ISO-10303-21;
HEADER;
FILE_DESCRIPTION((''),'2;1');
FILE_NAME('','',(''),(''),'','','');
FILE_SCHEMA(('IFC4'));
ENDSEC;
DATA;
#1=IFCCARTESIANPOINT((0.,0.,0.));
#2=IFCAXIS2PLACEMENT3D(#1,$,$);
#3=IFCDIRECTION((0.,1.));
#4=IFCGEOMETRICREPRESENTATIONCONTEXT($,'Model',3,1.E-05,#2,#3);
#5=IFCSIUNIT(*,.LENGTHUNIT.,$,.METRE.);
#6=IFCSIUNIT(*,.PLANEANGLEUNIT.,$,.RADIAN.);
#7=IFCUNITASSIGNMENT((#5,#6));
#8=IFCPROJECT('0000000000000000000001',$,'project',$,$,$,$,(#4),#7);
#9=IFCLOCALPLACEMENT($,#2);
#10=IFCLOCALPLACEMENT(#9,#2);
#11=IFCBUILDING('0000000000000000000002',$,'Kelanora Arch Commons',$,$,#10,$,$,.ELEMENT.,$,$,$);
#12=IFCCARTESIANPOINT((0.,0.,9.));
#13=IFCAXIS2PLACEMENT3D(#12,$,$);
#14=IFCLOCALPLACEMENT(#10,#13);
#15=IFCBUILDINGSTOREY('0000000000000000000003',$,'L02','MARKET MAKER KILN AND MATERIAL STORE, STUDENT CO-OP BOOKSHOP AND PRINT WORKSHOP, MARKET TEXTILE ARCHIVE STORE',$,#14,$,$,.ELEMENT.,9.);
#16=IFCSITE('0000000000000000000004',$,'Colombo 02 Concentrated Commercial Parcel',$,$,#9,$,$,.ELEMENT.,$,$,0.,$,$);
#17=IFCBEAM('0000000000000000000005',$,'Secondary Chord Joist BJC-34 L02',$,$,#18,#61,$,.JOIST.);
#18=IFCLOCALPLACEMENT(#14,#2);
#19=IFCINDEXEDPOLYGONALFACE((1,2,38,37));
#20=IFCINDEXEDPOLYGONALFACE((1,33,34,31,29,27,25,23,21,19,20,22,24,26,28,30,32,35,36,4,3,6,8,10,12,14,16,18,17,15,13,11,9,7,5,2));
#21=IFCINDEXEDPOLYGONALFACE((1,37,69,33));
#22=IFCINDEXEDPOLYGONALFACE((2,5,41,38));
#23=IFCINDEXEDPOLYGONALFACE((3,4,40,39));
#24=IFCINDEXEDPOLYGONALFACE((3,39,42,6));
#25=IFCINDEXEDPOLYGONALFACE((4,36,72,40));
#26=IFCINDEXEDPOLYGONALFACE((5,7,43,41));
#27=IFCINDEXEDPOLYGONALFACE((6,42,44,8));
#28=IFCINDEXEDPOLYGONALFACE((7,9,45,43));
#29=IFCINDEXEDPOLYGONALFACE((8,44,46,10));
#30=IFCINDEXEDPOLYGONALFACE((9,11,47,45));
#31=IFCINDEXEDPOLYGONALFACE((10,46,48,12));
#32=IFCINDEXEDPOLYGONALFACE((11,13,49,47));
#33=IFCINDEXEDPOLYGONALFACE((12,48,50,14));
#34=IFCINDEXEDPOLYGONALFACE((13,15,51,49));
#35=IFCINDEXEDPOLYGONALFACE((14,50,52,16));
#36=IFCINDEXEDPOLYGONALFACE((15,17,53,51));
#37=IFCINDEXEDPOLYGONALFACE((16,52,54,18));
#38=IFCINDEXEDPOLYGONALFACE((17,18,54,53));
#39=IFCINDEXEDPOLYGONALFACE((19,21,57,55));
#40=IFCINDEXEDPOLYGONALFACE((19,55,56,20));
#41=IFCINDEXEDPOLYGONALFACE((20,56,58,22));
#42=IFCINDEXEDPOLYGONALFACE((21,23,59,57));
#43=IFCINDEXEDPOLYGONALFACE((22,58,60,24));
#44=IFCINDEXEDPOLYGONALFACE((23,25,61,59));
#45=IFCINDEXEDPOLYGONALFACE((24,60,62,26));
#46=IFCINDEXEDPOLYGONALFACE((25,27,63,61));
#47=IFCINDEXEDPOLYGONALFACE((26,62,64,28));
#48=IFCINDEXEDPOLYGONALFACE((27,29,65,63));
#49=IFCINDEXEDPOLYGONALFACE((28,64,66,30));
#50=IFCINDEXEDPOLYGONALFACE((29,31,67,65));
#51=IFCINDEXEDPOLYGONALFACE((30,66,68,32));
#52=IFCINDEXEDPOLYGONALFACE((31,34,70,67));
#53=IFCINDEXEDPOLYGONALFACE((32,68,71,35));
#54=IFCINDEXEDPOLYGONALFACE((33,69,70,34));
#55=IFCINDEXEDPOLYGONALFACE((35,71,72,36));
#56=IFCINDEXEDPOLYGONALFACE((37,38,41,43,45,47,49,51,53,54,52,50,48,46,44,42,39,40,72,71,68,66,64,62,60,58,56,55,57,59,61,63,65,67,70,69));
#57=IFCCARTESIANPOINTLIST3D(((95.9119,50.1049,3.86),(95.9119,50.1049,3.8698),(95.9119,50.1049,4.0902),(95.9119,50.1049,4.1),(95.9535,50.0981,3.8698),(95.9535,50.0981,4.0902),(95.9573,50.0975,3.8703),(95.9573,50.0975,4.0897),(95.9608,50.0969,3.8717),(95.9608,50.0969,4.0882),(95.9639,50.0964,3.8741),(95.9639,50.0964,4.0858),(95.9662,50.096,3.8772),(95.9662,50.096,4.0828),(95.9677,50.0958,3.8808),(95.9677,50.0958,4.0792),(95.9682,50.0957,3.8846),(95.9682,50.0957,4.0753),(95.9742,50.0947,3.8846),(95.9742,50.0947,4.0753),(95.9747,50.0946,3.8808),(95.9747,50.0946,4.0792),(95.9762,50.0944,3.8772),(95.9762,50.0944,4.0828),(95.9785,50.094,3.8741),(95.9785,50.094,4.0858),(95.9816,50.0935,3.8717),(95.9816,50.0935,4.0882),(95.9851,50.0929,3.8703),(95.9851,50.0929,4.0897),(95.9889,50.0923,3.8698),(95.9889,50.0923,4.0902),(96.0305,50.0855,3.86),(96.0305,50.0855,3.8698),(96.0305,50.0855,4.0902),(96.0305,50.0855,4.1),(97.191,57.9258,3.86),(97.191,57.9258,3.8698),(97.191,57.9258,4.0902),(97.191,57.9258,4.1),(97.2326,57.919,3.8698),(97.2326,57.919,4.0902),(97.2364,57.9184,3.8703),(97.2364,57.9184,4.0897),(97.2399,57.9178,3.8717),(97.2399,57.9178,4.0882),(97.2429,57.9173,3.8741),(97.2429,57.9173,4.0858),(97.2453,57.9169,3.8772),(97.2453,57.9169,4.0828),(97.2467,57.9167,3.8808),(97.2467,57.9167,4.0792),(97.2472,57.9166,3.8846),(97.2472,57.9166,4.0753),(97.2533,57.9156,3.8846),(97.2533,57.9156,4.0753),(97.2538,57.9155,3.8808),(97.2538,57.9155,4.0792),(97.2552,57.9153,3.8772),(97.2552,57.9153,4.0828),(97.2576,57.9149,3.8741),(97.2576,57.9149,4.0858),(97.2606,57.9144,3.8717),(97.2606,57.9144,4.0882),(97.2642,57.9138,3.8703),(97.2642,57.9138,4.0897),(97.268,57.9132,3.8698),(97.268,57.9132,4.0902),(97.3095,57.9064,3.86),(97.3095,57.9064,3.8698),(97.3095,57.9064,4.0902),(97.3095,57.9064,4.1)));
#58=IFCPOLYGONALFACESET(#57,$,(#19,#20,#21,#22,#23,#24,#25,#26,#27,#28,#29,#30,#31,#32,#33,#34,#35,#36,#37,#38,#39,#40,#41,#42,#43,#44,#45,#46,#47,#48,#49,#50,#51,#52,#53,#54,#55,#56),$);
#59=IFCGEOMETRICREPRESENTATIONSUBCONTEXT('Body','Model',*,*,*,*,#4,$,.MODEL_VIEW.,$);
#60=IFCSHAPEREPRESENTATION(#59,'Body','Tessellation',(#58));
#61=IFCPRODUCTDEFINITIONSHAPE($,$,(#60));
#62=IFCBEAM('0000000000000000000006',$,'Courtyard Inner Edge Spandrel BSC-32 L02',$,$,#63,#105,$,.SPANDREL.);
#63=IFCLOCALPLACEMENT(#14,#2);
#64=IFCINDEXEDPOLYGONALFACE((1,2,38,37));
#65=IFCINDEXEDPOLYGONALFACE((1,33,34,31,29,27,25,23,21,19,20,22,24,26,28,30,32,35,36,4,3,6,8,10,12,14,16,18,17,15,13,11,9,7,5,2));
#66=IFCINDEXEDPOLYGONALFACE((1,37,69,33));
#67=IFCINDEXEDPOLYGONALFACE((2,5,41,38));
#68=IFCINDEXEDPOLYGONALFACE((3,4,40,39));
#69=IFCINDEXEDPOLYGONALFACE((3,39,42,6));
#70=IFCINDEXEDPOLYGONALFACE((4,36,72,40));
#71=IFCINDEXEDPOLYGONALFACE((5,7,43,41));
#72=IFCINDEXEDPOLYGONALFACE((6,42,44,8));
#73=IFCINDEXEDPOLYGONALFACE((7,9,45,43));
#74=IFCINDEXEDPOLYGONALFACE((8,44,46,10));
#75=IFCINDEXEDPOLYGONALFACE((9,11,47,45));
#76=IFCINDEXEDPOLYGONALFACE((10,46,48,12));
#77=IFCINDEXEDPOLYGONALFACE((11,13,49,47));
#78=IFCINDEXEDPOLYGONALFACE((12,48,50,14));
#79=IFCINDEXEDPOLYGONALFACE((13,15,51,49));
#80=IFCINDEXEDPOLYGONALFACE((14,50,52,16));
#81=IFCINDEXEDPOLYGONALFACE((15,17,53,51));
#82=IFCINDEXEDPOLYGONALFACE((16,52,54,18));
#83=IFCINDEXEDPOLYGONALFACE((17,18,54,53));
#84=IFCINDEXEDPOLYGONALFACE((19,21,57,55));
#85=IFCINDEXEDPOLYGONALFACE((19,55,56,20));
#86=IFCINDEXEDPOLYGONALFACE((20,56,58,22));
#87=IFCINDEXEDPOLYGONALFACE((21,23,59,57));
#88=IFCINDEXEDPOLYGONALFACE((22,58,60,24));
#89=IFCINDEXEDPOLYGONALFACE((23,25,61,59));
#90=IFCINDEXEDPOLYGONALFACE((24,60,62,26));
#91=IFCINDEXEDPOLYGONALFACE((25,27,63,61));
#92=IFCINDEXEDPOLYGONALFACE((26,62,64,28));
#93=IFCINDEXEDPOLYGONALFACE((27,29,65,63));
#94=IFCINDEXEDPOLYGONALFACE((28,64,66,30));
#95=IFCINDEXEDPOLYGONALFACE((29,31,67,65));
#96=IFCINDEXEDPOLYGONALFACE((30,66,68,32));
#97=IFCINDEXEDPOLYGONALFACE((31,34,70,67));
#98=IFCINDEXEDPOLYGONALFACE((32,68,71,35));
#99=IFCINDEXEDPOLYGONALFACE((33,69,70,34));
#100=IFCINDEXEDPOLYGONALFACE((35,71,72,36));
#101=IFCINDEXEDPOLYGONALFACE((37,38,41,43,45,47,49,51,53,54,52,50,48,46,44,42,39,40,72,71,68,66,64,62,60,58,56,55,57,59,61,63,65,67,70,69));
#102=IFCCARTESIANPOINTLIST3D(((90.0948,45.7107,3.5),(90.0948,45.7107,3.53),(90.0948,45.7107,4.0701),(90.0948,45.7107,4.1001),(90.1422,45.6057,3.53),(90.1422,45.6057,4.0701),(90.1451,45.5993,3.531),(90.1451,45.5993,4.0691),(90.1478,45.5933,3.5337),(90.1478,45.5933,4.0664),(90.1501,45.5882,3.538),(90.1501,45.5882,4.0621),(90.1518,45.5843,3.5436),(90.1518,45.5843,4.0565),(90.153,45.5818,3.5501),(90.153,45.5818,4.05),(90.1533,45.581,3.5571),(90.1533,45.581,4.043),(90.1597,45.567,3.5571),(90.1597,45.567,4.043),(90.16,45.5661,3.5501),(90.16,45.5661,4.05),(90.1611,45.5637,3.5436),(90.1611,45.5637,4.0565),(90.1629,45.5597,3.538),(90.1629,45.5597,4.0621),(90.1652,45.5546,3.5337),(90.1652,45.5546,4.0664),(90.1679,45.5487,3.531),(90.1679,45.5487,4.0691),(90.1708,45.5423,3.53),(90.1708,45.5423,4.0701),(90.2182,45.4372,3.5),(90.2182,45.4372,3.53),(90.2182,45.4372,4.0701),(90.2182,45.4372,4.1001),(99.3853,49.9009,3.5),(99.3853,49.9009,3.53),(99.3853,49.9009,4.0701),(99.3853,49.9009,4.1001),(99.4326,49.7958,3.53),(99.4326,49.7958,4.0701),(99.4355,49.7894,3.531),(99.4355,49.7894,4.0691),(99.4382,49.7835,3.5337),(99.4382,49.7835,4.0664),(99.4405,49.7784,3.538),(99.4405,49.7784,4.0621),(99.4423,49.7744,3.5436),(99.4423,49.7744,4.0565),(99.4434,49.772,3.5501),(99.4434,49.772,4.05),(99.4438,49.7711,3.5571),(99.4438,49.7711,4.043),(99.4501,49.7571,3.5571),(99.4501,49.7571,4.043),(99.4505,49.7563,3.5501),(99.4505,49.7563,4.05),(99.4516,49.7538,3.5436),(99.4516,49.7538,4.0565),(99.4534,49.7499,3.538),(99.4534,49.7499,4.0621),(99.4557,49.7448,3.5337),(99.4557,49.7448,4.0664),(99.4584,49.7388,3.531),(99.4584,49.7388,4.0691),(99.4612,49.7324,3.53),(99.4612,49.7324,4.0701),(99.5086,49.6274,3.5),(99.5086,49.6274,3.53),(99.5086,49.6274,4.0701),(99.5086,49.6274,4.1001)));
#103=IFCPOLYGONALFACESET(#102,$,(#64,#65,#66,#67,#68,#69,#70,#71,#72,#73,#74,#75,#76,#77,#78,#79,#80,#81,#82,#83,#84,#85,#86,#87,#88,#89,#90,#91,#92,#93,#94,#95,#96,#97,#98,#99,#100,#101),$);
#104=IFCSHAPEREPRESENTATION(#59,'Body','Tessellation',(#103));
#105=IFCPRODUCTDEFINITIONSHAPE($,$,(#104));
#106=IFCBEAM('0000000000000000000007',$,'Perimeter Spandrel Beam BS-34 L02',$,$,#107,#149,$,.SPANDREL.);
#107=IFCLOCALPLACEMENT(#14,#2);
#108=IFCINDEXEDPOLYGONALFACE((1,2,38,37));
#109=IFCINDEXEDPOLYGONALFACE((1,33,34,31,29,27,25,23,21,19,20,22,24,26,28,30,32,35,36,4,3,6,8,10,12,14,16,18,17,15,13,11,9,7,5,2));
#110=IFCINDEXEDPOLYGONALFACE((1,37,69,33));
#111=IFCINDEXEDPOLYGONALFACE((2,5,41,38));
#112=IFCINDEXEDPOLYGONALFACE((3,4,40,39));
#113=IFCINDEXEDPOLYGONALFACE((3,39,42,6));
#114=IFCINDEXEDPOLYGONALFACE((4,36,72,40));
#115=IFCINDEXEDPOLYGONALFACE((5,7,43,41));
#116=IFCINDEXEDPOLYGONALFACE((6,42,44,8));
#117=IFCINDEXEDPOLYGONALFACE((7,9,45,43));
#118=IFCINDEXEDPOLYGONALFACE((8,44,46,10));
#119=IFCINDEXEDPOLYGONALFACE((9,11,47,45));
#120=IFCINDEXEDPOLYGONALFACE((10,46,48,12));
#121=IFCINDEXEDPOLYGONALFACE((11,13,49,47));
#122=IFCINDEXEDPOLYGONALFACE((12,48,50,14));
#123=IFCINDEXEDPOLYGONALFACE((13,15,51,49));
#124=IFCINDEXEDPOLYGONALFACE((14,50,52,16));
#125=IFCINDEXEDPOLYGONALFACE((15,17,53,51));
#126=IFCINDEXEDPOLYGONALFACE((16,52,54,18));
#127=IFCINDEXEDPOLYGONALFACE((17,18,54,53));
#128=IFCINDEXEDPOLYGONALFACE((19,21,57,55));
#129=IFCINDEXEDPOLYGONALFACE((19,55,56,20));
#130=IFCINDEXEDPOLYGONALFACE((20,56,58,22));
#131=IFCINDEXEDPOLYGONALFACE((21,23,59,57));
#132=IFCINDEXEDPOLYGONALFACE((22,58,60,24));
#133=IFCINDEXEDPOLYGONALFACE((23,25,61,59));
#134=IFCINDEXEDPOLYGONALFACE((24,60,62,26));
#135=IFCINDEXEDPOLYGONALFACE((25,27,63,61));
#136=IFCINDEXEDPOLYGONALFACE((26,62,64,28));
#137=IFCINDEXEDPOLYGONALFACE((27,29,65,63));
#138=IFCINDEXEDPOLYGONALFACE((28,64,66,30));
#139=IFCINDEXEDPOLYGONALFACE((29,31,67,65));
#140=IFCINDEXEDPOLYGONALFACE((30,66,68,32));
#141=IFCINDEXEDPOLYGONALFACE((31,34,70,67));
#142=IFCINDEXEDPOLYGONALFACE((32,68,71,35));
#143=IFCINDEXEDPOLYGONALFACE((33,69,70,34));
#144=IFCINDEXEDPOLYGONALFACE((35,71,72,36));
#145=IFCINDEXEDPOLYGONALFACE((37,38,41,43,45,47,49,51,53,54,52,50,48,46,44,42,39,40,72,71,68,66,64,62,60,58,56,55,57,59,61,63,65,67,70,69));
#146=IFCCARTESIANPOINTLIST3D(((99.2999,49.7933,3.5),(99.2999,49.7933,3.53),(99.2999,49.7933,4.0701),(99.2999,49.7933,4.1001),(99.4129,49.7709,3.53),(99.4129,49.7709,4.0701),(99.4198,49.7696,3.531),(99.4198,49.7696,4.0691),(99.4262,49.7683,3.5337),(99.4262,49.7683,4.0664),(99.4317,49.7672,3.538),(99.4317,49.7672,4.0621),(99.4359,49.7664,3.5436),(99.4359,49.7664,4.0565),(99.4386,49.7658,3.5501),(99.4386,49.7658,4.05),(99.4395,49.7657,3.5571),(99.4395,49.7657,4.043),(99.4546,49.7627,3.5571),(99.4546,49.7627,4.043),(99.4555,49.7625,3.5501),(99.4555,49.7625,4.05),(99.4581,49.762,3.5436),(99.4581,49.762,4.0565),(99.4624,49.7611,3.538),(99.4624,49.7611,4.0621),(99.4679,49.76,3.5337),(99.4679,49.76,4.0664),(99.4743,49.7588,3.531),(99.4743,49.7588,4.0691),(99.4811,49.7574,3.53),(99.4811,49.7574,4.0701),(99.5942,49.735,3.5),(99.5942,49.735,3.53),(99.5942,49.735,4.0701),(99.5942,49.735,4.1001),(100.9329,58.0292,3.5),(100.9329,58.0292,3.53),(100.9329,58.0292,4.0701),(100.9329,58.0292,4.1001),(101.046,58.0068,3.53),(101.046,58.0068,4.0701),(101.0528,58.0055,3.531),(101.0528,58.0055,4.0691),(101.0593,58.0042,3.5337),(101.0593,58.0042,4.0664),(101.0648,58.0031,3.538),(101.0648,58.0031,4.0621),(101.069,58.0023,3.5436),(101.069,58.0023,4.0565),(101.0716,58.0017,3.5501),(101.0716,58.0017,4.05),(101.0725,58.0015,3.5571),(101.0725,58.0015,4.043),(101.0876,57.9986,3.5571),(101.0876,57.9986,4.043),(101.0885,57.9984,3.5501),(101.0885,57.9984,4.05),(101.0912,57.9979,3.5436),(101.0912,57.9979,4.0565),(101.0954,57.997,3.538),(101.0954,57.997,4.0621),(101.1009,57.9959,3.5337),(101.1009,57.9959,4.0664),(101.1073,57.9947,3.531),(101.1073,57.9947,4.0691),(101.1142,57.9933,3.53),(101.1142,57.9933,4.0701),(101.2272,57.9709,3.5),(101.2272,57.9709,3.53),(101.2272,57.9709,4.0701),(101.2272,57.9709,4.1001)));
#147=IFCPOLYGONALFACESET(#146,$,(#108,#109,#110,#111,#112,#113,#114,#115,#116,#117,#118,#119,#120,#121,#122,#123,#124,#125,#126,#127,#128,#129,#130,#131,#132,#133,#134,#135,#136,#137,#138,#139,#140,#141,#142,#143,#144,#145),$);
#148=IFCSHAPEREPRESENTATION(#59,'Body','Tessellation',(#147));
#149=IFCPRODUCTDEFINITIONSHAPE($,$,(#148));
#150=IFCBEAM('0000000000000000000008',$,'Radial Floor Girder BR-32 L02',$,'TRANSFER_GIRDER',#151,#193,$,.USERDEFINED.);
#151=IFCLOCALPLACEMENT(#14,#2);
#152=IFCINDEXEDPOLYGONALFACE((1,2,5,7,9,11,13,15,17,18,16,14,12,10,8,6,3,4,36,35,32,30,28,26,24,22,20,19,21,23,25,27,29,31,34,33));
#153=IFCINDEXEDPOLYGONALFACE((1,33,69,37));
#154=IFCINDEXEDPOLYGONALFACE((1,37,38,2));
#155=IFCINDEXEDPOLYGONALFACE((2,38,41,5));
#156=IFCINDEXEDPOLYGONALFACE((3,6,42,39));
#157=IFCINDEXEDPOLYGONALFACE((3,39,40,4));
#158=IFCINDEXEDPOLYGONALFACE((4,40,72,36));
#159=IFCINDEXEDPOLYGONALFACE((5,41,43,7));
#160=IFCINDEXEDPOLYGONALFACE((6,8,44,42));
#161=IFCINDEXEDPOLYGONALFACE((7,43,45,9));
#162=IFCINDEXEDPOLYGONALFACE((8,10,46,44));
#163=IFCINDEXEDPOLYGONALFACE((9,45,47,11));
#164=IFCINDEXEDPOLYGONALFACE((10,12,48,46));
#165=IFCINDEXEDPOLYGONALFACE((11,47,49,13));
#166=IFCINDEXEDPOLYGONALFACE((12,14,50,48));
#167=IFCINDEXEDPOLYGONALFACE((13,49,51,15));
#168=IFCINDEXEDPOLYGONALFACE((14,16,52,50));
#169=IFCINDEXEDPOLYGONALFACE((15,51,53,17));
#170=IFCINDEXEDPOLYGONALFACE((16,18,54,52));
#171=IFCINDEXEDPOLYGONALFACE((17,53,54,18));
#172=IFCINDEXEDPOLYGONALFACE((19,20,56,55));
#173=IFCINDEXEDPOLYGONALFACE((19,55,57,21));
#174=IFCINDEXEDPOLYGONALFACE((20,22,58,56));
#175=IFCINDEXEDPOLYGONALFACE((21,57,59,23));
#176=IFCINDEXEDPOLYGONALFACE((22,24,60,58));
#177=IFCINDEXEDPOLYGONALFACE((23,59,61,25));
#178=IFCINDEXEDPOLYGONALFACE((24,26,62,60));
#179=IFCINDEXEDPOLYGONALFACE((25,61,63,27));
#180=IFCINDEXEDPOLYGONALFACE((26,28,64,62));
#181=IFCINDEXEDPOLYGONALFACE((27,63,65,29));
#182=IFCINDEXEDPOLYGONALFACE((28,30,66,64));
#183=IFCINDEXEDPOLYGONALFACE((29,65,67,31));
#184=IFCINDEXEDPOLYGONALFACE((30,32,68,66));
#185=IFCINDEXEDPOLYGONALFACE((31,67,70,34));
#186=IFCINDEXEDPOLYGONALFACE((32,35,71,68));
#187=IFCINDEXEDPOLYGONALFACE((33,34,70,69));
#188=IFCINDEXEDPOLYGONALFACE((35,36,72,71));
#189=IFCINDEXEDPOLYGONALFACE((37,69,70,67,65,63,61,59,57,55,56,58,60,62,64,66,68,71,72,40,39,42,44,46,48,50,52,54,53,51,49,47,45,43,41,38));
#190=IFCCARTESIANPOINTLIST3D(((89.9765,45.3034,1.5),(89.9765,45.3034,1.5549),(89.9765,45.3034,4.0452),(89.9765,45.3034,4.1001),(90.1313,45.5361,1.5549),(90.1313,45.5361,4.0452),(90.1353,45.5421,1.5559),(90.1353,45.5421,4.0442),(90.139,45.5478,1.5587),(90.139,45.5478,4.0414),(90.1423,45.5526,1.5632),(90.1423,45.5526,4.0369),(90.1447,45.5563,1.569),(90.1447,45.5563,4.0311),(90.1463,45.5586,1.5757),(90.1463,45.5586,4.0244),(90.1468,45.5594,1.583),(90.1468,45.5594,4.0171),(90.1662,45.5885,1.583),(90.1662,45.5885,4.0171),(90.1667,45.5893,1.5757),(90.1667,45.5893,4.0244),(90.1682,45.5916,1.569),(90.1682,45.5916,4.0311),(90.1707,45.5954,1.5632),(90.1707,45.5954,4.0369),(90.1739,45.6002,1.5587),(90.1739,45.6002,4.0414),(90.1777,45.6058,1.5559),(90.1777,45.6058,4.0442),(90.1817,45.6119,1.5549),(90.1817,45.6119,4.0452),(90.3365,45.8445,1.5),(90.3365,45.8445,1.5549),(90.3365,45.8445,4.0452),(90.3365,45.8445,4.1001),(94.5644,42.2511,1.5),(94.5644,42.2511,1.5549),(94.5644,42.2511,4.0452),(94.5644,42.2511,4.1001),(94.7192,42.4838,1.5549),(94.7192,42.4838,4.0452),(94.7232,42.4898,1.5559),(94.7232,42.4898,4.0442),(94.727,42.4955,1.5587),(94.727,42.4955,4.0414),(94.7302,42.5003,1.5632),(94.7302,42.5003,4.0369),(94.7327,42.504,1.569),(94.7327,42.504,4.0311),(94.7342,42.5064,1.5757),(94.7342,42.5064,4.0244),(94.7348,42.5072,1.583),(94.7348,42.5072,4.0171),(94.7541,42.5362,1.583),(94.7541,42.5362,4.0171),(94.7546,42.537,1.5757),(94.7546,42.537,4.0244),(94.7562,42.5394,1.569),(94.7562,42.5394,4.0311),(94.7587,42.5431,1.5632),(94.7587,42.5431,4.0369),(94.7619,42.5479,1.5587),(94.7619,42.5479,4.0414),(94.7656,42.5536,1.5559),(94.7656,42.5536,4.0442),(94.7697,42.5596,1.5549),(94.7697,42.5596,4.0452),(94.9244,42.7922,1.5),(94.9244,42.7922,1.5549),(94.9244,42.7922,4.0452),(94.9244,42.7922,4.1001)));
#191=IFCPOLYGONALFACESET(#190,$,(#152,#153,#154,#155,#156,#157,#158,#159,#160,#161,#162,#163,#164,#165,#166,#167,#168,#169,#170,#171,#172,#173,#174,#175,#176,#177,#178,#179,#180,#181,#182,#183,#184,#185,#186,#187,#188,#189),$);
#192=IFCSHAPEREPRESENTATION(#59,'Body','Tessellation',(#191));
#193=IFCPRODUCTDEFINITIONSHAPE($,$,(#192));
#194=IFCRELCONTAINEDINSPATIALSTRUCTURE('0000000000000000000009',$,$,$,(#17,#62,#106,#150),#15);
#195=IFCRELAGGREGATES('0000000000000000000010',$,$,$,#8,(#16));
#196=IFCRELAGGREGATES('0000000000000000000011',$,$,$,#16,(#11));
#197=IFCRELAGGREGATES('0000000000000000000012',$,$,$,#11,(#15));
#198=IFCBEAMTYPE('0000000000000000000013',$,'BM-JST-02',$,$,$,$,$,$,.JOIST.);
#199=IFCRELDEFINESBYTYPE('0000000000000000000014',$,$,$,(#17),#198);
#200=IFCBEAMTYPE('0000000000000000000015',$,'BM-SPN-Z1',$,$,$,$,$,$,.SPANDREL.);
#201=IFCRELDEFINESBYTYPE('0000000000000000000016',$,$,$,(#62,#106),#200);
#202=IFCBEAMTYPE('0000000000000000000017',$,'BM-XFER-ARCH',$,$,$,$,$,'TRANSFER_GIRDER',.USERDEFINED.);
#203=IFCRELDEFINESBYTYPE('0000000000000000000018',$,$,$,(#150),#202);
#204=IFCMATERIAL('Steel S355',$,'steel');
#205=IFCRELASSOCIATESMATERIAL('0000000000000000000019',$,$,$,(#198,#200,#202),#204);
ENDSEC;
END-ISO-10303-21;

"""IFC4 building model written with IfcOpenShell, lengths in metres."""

from ifc_helpers import new_model, si_unit, direction, frame, origin, origin_2d, place, context, subcontext, project, spatial, i_section, extrude, material, material_profile, profile_set, type_object, element, save


model = new_model("IFC4")

# Units and contexts
model_context = context("Model", 3, precision=1e-05, world=origin(), true_north=direction((0.0, 1.0)))
body_context = subcontext(model_context, "Body", "Model", "MODEL_VIEW")
ifc_project = project(units=[si_unit("LENGTHUNIT", "METRE"), si_unit("PLANEANGLEUNIT", "RADIAN")], contexts=[model_context])

# Site, building, storey
site_placement = place(None, origin())
site = spatial("IfcSite", under=ifc_project, at=site_placement, Name="Colombo 02 Concentrated Commercial Parcel", CompositionType="ELEMENT", RefElevation=0.0)
building_placement = place(site_placement, origin())
building = spatial("IfcBuilding", under=site, at=building_placement, Name="Kelanora Arch Commons", CompositionType="ELEMENT")
storey_placement = place(building_placement, frame((0.0, 0.0, 9.0)))
storey = spatial("IfcBuildingStorey", under=building, at=storey_placement, Name="L02", Description="MARKET MAKER KILN AND MATERIAL STORE, STUDENT CO-OP BOOKSHOP AND PRINT WORKSHOP, MARKET TEXTILE ARCHIVE STORE", CompositionType="ELEMENT", Elevation=9.0)

# Beams
ifc_material_1 = material(Name="Steel S355", Category="steel")
ifc_material_profile_1 = material_profile(ifc_material_1, i_section(OverallWidth=0.1201, OverallDepth=0.24, WebThickness=0.0061, FlangeThickness=0.0098, FilletRadius=0.0149, at=origin_2d()), Name="IPE240")
ifc_profile_set_1 = profile_set([ifc_material_profile_1], Name="Steel S355")
beam_type_1 = type_object("IfcBeamType", Name="BM-JST-02", PredefinedType="JOIST", material=ifc_profile_set_1)
beam_1_placement = place(storey_placement, frame((95.9712, 50.0952, 3.98), z_axis=(0.161401, 0.986889, 0.0), x_axis=(-0.986889, 0.161401, 0.0)))
element("IfcBeam", 1, at=beam_1_placement, inside=storey, type_object=beam_type_1, Name="Secondary Chord Joist BJC-34 L02", PredefinedType="JOIST", context=body_context, shape_type="SweptSolid", body=[
    extrude(i_section(OverallWidth=0.1201, OverallDepth=0.24, WebThickness=0.0061, FlangeThickness=0.0098, FilletRadius=0.0149, at=origin_2d()), origin(), (0.0, 0.0, 1.0), 7.9248),
])
ifc_material_profile_2 = material_profile(ifc_material_1, i_section(OverallWidth=0.3, OverallDepth=0.6001, WebThickness=0.0154, FlangeThickness=0.03, FilletRadius=0.0271, at=origin_2d()), Name="HEB600")
ifc_profile_set_2 = profile_set([ifc_material_profile_2], Name="Steel S355")
beam_type_2 = type_object("IfcBeamType", Name="BM-SPN-Z1", PredefinedType="SPANDREL", material=ifc_profile_set_2)
beam_2_placement = place(storey_placement, frame((90.1565, 45.574, 3.8), z_axis=(0.911574, 0.411135, 0.0), x_axis=(-0.411135, 0.911574, 0.0)))
element("IfcBeam", 2, at=beam_2_placement, inside=storey, type_object=beam_type_2, Name="Courtyard Inner Edge Spandrel BSC-32 L02", PredefinedType="SPANDREL", context=body_context, shape_type="SweptSolid", body=[
    extrude(i_section(OverallWidth=0.3, OverallDepth=0.6001, WebThickness=0.0154, FlangeThickness=0.03, FilletRadius=0.0271, at=origin_2d()), origin(), (0.0, 0.0, 1.0), 10.1917),
])
beam_3_placement = place(storey_placement, frame((99.447, 49.7642, 3.8), z_axis=(0.1945, 0.980903, 0.0), x_axis=(-0.980903, 0.1945, 0.0)))
element("IfcBeam", 3, at=beam_3_placement, inside=storey, type_object=beam_type_2, Name="Perimeter Spandrel Beam BS-34 L02", PredefinedType="SPANDREL", context=body_context, shape_type="SweptSolid", body=[
    extrude(i_section(OverallWidth=0.3, OverallDepth=0.6001, WebThickness=0.0154, FlangeThickness=0.03, FilletRadius=0.0271, at=origin_2d()), origin(), (0.0, 0.0, 1.0), 8.3962),
])
ifc_material_profile_3 = material_profile(ifc_material_1, i_section(OverallWidth=0.6499, OverallDepth=2.6001, WebThickness=0.0349, FlangeThickness=0.0549, FilletRadius=0.0281, at=origin_2d()), Name="PG2600x650")
ifc_profile_set_3 = profile_set([ifc_material_profile_3], Name="Steel S355")
beam_type_3 = type_object("IfcBeamType", Name="BM-XFER-ARCH", ElementType="TRANSFER_GIRDER", PredefinedType="USERDEFINED", material=ifc_profile_set_3)
beam_4_placement = place(storey_placement, frame((90.1565, 45.574, 2.8), z_axis=(0.832582, -0.553902, 0.0), x_axis=(0.553902, 0.832582, 0.0)))
element("IfcBeam", 4, at=beam_4_placement, inside=storey, type_object=beam_type_3, Name="Radial Floor Girder BR-32 L02", ObjectType="TRANSFER_GIRDER", PredefinedType="USERDEFINED", context=body_context, shape_type="SweptSolid", body=[
    extrude(i_section(OverallWidth=0.6499, OverallDepth=2.6001, WebThickness=0.0349, FlangeThickness=0.0549, FilletRadius=0.0281, at=origin_2d()), origin(), (0.0, 0.0, 1.0), 5.5105),
])

save(model, "model.ifc")
